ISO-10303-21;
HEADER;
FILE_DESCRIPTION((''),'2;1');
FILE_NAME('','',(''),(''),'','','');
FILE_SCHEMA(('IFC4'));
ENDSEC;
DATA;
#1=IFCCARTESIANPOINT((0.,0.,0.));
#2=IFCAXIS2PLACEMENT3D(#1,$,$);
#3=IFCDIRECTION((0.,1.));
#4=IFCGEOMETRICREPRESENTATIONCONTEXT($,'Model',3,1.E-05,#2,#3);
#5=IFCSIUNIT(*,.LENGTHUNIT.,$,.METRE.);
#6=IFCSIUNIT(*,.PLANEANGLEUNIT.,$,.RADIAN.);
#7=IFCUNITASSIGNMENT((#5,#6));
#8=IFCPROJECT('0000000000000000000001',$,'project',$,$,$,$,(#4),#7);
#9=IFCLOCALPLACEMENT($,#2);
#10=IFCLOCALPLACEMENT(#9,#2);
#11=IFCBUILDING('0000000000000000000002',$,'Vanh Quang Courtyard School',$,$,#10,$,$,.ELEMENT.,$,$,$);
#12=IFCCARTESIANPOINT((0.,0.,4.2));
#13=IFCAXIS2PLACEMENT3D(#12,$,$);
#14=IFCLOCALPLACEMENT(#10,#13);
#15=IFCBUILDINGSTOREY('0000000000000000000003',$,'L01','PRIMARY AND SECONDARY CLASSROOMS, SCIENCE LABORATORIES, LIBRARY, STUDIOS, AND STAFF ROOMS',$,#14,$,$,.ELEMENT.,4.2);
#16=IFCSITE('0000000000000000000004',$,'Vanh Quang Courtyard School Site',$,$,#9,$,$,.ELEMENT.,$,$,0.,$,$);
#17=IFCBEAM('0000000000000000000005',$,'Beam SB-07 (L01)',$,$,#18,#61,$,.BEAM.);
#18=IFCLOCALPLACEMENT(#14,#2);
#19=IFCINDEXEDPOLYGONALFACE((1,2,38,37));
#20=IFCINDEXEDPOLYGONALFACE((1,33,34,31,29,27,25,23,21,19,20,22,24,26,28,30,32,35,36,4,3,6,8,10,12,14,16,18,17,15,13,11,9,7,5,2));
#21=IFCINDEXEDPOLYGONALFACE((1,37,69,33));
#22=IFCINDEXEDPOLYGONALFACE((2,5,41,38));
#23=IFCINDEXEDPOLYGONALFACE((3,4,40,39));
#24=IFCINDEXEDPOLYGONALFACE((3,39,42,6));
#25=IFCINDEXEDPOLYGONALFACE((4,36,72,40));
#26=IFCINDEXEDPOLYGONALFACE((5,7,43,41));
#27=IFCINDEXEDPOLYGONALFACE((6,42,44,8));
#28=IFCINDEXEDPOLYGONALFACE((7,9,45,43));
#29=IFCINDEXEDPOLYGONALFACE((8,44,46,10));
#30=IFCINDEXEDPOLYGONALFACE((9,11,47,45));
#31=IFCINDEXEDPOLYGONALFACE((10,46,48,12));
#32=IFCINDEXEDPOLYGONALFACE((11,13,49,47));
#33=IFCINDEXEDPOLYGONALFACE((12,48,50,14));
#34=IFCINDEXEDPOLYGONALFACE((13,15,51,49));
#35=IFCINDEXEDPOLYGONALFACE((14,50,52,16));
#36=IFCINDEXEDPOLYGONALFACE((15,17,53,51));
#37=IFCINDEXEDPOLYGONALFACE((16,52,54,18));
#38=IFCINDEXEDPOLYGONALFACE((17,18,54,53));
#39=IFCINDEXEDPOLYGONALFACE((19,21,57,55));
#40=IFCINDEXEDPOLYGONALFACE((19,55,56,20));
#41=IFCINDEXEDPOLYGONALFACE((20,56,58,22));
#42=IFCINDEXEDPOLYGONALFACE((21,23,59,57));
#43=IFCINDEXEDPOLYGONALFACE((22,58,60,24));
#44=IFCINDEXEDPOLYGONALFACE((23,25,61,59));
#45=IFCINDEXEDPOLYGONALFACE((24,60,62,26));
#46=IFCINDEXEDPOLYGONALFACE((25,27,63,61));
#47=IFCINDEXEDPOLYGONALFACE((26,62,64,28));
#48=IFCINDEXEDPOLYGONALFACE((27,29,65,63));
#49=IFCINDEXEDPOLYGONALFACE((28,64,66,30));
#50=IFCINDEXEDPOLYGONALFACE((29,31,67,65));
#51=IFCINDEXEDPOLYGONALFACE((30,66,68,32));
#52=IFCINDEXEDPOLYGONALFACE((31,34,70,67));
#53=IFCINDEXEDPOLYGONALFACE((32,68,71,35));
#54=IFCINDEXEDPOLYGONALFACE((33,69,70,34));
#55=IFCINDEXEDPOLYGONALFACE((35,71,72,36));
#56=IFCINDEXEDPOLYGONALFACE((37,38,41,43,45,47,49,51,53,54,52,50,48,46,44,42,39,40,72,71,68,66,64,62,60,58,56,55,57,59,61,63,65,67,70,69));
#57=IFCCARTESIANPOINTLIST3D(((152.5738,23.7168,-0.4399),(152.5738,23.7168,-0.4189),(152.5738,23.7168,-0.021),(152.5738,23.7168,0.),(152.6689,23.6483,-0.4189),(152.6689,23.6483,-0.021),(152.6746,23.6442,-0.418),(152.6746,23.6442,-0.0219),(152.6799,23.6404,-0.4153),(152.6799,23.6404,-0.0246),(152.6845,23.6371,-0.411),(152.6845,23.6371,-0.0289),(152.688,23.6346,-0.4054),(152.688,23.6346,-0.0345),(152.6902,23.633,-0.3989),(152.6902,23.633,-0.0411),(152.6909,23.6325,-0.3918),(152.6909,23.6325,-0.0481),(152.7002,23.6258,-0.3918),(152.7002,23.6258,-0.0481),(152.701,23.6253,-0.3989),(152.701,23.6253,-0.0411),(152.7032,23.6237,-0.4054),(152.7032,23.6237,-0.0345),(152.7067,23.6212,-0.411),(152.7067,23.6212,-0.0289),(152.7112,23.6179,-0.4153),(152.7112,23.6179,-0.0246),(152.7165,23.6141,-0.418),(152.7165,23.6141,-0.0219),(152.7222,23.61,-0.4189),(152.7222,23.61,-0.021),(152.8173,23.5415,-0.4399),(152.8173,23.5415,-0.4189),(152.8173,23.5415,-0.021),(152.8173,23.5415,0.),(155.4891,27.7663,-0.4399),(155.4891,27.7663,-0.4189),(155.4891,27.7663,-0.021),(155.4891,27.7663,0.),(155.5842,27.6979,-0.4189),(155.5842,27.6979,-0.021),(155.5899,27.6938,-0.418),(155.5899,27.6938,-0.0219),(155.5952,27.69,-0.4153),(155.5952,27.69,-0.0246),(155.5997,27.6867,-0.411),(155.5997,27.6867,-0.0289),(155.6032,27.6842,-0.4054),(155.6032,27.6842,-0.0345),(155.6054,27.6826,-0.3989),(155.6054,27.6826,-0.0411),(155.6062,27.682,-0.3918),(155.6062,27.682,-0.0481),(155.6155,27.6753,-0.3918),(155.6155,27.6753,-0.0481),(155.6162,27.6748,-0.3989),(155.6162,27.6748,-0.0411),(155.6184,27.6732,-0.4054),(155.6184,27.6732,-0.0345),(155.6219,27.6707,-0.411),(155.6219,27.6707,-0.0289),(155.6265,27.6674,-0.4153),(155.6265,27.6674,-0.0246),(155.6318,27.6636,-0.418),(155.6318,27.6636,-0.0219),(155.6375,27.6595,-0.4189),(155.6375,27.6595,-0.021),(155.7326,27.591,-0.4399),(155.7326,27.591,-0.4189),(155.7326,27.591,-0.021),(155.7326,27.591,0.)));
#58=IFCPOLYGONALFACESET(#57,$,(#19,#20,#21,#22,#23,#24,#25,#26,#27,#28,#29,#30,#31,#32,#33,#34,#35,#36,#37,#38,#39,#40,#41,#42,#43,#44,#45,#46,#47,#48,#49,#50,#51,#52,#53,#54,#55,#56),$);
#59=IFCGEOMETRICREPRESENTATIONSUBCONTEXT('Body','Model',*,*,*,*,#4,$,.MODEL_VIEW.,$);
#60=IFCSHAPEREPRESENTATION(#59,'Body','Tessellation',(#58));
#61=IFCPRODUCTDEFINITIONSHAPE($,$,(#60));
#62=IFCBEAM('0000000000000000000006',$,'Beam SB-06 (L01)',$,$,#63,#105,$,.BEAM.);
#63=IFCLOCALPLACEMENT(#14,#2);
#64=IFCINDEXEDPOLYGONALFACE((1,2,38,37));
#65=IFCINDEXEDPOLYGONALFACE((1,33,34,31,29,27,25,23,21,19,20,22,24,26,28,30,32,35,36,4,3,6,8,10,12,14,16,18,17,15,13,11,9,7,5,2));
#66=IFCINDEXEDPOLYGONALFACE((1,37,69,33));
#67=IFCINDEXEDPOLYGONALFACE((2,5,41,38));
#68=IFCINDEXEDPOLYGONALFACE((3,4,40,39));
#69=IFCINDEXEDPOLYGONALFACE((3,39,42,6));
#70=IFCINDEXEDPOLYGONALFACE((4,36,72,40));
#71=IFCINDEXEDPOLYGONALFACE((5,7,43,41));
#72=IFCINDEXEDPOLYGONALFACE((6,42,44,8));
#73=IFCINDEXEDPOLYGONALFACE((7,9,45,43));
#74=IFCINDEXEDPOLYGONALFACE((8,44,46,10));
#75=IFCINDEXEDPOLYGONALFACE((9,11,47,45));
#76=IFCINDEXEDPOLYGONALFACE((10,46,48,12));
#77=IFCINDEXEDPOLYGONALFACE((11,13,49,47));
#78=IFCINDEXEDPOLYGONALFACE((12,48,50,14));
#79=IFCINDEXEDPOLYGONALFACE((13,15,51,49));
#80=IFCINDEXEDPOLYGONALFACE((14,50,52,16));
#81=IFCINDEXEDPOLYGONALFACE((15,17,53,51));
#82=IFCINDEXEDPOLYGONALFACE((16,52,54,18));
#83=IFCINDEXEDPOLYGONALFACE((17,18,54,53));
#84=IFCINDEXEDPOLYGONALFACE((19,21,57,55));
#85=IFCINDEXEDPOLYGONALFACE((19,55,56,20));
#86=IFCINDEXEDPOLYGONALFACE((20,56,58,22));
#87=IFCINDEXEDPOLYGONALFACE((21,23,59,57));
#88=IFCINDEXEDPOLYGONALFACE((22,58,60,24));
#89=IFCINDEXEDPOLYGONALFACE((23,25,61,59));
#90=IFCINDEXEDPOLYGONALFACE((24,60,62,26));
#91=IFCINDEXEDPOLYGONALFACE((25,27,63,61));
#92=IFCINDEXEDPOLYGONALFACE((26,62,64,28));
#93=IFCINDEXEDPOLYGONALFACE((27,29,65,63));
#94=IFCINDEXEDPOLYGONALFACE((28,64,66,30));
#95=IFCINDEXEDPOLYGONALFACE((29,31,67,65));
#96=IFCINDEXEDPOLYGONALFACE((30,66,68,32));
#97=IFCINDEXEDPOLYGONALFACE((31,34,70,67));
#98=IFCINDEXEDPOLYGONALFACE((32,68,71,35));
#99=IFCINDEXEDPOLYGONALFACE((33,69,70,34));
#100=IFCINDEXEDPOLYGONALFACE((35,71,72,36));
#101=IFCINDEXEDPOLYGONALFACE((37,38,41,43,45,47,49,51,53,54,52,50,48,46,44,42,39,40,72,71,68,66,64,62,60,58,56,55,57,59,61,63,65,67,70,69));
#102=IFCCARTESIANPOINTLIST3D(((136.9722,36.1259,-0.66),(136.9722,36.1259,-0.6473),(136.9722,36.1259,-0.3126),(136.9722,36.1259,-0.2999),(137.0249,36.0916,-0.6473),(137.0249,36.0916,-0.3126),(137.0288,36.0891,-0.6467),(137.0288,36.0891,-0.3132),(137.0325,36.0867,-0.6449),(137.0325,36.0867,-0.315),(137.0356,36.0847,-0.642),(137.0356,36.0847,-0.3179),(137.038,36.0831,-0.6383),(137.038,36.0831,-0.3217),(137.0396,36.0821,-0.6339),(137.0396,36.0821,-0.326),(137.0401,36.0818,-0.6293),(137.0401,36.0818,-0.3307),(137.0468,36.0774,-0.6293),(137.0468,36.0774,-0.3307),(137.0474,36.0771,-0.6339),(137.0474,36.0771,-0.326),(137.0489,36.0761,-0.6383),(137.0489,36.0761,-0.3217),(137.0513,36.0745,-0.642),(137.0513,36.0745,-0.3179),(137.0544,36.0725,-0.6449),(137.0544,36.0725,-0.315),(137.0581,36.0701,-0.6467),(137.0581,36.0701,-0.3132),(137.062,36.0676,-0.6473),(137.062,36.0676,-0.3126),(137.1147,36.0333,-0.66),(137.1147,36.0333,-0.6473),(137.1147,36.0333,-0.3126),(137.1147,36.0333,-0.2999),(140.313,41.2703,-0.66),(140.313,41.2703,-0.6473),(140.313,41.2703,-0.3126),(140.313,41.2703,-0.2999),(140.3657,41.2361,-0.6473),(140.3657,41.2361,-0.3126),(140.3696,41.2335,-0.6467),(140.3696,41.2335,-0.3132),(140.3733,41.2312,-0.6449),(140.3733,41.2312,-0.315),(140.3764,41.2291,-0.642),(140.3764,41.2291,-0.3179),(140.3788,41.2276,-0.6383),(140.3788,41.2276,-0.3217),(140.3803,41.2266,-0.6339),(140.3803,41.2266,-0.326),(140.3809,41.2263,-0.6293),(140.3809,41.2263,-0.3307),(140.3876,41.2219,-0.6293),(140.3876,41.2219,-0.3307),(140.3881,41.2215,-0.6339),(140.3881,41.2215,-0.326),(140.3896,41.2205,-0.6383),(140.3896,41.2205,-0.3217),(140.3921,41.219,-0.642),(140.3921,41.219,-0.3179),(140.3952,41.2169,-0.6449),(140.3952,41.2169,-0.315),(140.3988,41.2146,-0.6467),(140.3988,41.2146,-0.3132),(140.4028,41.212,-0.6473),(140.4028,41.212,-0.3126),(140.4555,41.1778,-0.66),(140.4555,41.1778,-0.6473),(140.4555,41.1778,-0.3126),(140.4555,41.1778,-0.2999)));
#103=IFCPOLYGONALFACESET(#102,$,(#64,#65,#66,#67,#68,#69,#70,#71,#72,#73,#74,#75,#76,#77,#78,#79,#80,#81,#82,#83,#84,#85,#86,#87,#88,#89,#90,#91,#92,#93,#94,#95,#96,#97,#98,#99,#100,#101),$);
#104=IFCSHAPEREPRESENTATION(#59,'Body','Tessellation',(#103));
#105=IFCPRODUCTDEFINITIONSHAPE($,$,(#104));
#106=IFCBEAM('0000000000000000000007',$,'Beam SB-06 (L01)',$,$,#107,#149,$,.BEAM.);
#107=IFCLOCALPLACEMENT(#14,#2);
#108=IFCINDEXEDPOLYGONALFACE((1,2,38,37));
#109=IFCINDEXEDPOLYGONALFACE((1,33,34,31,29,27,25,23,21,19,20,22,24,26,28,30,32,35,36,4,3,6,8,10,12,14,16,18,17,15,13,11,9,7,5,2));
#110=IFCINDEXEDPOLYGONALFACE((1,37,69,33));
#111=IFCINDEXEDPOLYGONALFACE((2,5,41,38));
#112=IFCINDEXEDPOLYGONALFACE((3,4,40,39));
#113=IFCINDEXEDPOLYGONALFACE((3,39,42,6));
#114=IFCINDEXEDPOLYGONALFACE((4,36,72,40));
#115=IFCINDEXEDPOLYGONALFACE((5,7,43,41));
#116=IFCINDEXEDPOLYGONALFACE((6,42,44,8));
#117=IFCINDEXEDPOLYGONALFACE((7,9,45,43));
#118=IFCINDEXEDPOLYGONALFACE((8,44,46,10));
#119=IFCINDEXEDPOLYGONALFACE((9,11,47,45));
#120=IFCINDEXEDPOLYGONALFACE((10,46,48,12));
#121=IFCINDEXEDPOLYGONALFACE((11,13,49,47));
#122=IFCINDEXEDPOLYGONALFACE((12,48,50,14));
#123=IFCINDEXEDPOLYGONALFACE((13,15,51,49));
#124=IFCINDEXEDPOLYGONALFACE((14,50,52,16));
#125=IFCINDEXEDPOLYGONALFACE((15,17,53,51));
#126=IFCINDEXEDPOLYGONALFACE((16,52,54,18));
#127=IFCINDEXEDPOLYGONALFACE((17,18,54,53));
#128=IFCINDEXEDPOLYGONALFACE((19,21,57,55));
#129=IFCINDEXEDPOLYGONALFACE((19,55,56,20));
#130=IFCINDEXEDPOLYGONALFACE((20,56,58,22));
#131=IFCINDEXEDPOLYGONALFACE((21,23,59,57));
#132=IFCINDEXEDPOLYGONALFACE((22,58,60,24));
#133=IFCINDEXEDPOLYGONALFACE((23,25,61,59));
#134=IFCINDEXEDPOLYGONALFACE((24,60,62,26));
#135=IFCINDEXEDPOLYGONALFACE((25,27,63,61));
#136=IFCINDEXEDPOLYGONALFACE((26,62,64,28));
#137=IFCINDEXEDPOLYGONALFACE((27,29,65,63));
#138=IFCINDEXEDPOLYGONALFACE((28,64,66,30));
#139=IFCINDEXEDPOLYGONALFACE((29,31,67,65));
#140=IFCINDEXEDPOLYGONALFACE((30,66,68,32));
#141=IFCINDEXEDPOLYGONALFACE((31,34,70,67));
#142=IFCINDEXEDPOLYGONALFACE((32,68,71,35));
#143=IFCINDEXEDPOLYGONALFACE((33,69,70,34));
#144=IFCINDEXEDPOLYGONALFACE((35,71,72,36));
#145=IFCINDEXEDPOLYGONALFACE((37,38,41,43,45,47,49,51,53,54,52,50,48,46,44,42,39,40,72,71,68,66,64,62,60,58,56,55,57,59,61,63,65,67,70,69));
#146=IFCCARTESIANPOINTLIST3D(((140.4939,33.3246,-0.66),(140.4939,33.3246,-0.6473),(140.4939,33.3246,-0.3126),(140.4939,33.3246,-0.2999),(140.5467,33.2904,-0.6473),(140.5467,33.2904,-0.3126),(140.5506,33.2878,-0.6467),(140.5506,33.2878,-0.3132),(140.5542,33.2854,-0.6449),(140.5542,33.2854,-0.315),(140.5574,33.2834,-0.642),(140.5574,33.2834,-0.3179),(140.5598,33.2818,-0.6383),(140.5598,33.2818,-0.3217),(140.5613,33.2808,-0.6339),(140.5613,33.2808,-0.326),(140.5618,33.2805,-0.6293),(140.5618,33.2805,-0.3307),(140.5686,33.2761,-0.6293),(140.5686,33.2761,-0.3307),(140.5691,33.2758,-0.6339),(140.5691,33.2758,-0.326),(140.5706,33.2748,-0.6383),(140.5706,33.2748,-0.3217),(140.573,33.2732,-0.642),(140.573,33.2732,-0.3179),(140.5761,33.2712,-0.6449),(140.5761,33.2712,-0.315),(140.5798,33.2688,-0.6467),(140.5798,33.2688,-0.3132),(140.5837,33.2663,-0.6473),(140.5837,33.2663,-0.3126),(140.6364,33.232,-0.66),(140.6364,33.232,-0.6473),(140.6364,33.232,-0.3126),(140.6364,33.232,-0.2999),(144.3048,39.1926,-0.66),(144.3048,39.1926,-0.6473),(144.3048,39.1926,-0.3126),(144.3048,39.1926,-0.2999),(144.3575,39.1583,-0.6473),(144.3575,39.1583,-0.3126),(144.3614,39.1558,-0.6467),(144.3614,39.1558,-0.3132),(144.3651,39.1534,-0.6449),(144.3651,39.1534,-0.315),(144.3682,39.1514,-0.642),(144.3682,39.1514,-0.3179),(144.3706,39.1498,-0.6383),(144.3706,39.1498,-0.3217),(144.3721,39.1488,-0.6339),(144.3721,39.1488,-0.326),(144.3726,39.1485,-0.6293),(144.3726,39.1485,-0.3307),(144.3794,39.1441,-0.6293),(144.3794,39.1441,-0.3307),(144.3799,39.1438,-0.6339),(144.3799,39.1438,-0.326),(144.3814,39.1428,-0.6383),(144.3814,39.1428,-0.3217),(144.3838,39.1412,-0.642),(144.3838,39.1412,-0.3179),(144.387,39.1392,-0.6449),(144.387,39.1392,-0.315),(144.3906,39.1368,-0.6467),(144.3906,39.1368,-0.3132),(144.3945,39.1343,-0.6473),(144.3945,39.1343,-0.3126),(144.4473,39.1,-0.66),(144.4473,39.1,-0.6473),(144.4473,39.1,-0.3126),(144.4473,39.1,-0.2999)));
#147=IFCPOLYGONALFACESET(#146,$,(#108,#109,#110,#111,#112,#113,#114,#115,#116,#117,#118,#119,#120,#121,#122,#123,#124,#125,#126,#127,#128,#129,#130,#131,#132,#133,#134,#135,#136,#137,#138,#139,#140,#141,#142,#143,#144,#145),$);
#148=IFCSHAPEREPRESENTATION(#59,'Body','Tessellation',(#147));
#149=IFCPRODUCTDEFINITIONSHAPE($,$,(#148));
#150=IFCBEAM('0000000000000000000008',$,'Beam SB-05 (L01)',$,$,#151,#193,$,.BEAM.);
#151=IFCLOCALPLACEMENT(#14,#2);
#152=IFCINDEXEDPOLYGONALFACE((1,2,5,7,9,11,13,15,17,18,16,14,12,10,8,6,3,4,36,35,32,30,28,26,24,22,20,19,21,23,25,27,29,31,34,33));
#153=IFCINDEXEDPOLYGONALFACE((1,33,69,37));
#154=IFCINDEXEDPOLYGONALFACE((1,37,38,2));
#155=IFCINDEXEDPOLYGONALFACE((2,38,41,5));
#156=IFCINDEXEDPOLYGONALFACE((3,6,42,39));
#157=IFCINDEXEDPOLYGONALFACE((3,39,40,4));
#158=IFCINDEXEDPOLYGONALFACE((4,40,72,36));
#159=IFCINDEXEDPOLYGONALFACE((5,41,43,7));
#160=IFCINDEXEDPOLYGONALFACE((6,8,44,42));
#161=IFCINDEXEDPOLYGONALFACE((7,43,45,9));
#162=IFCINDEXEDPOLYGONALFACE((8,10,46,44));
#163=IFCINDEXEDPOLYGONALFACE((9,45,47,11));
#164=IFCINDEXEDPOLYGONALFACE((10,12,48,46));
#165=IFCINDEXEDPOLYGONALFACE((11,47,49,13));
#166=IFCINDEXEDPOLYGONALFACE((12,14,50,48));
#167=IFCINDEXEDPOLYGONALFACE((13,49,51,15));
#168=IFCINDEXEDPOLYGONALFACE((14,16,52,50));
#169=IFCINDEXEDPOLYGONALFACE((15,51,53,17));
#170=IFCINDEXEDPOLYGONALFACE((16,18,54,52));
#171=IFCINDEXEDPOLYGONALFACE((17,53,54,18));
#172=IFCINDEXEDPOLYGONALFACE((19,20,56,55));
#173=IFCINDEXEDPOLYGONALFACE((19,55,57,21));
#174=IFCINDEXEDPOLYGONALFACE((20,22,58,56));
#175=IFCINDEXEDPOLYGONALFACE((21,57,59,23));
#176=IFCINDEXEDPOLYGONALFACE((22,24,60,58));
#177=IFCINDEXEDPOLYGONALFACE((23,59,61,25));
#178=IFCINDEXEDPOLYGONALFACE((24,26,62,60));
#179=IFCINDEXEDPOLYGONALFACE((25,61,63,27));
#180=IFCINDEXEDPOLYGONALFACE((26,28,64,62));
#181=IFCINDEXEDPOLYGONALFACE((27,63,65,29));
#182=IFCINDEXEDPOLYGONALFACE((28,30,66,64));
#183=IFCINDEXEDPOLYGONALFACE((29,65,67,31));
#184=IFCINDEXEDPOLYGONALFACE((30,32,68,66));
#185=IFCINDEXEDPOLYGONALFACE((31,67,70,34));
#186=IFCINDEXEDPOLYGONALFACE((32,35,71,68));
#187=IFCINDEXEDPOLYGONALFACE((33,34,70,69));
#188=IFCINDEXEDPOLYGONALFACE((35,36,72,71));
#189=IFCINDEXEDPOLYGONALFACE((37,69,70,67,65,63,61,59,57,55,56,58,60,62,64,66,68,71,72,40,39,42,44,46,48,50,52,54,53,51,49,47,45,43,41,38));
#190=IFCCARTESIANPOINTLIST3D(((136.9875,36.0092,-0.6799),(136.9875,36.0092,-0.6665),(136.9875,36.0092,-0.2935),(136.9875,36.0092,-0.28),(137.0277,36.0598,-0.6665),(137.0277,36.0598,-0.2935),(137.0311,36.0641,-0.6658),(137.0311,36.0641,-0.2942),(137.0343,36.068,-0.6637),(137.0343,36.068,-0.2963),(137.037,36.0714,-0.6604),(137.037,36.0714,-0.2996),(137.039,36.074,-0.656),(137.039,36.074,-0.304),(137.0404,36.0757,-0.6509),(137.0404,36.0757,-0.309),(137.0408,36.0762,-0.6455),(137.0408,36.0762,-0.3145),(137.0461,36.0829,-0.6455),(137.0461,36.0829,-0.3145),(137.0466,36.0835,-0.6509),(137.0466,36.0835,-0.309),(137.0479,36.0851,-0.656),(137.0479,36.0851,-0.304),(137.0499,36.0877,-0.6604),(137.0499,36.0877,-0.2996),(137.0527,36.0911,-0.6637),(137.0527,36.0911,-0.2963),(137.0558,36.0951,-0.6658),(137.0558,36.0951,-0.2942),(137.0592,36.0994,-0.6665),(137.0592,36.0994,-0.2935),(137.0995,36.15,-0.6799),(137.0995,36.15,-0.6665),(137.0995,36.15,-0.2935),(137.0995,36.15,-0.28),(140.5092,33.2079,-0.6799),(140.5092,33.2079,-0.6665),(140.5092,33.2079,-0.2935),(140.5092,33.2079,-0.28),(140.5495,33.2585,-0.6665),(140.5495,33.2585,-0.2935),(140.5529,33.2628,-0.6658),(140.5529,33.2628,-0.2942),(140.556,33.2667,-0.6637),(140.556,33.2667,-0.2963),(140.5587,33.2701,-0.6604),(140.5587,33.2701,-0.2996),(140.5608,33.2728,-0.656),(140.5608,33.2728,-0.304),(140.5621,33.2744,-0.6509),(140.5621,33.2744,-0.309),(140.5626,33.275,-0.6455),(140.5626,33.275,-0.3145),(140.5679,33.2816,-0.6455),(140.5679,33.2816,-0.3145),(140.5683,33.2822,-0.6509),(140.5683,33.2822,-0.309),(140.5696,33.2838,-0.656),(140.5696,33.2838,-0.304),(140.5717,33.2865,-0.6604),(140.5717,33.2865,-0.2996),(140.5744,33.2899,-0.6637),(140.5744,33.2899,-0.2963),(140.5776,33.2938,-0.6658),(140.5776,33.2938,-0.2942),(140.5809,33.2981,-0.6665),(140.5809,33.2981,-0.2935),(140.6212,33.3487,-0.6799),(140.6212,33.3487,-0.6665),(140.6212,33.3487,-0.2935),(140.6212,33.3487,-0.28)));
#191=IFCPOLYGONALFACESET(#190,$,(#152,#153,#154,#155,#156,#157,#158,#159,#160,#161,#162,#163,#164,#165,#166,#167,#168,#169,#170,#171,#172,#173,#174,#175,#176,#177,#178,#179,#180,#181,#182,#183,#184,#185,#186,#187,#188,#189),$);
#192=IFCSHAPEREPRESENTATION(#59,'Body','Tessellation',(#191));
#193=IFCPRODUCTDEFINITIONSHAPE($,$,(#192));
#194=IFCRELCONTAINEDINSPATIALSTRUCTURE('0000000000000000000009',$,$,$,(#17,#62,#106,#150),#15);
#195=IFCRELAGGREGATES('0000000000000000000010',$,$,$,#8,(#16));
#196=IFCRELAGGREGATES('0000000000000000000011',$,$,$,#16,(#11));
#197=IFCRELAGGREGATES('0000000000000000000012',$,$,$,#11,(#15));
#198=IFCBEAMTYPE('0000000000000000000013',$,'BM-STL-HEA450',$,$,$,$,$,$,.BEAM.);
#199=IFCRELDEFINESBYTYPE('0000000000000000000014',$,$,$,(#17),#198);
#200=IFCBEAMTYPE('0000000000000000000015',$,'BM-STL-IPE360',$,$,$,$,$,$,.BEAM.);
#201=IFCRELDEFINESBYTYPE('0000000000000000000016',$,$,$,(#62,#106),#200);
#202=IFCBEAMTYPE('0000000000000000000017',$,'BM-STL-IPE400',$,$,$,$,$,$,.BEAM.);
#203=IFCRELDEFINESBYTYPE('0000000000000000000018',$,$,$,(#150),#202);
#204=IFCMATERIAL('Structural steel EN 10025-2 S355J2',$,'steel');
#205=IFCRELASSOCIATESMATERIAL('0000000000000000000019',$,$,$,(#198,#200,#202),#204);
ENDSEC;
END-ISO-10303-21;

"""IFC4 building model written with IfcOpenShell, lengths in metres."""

from ifc_helpers import new_model, si_unit, direction, frame, origin, origin_2d, place, context, subcontext, project, spatial, i_section, extrude, material, material_profile, profile_set, type_object, element, save


model = new_model("IFC4")

# Units and contexts
model_context = context("Model", 3, precision=1e-05, world=origin(), true_north=direction((0.0, 1.0)))
body_context = subcontext(model_context, "Body", "Model", "MODEL_VIEW")
ifc_project = project(units=[si_unit("LENGTHUNIT", "METRE"), si_unit("PLANEANGLEUNIT", "RADIAN")], contexts=[model_context])

# Site, building, storey
site_placement = place(None, origin())
site = spatial("IfcSite", under=ifc_project, at=site_placement, Name="Vanh Quang Courtyard School Site", CompositionType="ELEMENT", RefElevation=0.0)
building_placement = place(site_placement, origin())
building = spatial("IfcBuilding", under=site, at=building_placement, Name="Vanh Quang Courtyard School", CompositionType="ELEMENT")
storey_placement = place(building_placement, frame((0.0, 0.0, 4.2)))
storey = spatial("IfcBuildingStorey", under=building, at=storey_placement, Name="L01", Description="PRIMARY AND SECONDARY CLASSROOMS, SCIENCE LABORATORIES, LIBRARY, STUDIOS, AND STAFF ROOMS", CompositionType="ELEMENT", Elevation=4.2)

# Shared definitions
ifc_material_1 = material(Name="Structural steel EN 10025-2 S355J2", Category="steel")

# Beams
ifc_material_profile_1 = material_profile(ifc_material_1, i_section(OverallWidth=0.3, OverallDepth=0.4399, WebThickness=0.0115, FlangeThickness=0.021, FilletRadius=0.0271, at=origin_2d()), Name="HEA 450")
ifc_profile_set_1 = profile_set([ifc_material_profile_1], Name="Structural steel EN 10025-2 S355J2")
beam_type_1 = type_object("IfcBeamType", Name="BM-STL-HEA450", PredefinedType="BEAM", material=ifc_profile_set_1)
beam_1_placement = place(storey_placement, frame((152.6956, 23.6292, -0.22), z_axis=(0.584252, 0.811572, 0.0), x_axis=(-0.811572, 0.584252, 0.0)))
element("IfcBeam", 1, at=beam_1_placement, inside=storey, type_object=beam_type_1, Name="Beam SB-07 (L01)", PredefinedType="BEAM", context=body_context, shape_type="SweptSolid", body=[
    extrude(i_section(OverallWidth=0.3, OverallDepth=0.4399, WebThickness=0.0115, FlangeThickness=0.021, FilletRadius=0.0271, at=origin_2d()), origin(), (0.0, 0.0, 1.0), 4.9897),
])
ifc_material_profile_2 = material_profile(ifc_material_1, i_section(OverallWidth=0.1699, OverallDepth=0.3601, WebThickness=0.0081, FlangeThickness=0.0127, FilletRadius=0.0181, at=origin_2d()), Name="IPE 360")
ifc_profile_set_2 = profile_set([ifc_material_profile_2], Name="Structural steel EN 10025-2 S355J2")
beam_type_2 = type_object("IfcBeamType", Name="BM-STL-IPE360", PredefinedType="BEAM", material=ifc_profile_set_2)
beam_2_placement = place(storey_placement, frame((137.0435, 36.0796, -0.48), z_axis=(0.54463, 0.838676, 0.0), x_axis=(-0.838676, 0.54463, 0.0)))
element("IfcBeam", 2, at=beam_2_placement, inside=storey, type_object=beam_type_2, Name="Beam SB-06 (L01)", PredefinedType="BEAM", context=body_context, shape_type="SweptSolid", body=[
    extrude(i_section(OverallWidth=0.1699, OverallDepth=0.3601, WebThickness=0.0081, FlangeThickness=0.0127, FilletRadius=0.0181, at=origin_2d()), origin(), (0.0, 0.0, 1.0), 6.134),
])
beam_3_placement = place(storey_placement, frame((140.5652, 33.2783, -0.48), z_axis=(0.544651, 0.838663, 0.0), x_axis=(-0.838663, 0.544651, 0.0)))
element("IfcBeam", 3, at=beam_3_placement, inside=storey, type_object=beam_type_2, Name="Beam SB-06 (L01)", PredefinedType="BEAM", context=body_context, shape_type="SweptSolid", body=[
    extrude(i_section(OverallWidth=0.1699, OverallDepth=0.3601, WebThickness=0.0081, FlangeThickness=0.0127, FilletRadius=0.0181, at=origin_2d()), origin(), (0.0, 0.0, 1.0), 6.9968),
])
ifc_material_profile_3 = material_profile(ifc_material_1, i_section(OverallWidth=0.1799, OverallDepth=0.3999, WebThickness=0.0085, FlangeThickness=0.0134, FilletRadius=0.021, at=origin_2d()), Name="IPE 400")
ifc_profile_set_3 = profile_set([ifc_material_profile_3], Name="Structural steel EN 10025-2 S355J2")
beam_type_3 = type_object("IfcBeamType", Name="BM-STL-IPE400", PredefinedType="BEAM", material=ifc_profile_set_3)
beam_4_placement = place(storey_placement, frame((137.0435, 36.0796, -0.48), z_axis=(0.782612, -0.622509, 0.0), x_axis=(0.622509, 0.782612, 0.0)))
element("IfcBeam", 4, at=beam_4_placement, inside=storey, type_object=beam_type_3, Name="Beam SB-05 (L01)", PredefinedType="BEAM", context=body_context, shape_type="SweptSolid", body=[
    extrude(i_section(OverallWidth=0.1799, OverallDepth=0.3999, WebThickness=0.0085, FlangeThickness=0.0134, FilletRadius=0.021, at=origin_2d()), origin(), (0.0, 0.0, 1.0), 4.5),
])

save(model, "model.ifc")
